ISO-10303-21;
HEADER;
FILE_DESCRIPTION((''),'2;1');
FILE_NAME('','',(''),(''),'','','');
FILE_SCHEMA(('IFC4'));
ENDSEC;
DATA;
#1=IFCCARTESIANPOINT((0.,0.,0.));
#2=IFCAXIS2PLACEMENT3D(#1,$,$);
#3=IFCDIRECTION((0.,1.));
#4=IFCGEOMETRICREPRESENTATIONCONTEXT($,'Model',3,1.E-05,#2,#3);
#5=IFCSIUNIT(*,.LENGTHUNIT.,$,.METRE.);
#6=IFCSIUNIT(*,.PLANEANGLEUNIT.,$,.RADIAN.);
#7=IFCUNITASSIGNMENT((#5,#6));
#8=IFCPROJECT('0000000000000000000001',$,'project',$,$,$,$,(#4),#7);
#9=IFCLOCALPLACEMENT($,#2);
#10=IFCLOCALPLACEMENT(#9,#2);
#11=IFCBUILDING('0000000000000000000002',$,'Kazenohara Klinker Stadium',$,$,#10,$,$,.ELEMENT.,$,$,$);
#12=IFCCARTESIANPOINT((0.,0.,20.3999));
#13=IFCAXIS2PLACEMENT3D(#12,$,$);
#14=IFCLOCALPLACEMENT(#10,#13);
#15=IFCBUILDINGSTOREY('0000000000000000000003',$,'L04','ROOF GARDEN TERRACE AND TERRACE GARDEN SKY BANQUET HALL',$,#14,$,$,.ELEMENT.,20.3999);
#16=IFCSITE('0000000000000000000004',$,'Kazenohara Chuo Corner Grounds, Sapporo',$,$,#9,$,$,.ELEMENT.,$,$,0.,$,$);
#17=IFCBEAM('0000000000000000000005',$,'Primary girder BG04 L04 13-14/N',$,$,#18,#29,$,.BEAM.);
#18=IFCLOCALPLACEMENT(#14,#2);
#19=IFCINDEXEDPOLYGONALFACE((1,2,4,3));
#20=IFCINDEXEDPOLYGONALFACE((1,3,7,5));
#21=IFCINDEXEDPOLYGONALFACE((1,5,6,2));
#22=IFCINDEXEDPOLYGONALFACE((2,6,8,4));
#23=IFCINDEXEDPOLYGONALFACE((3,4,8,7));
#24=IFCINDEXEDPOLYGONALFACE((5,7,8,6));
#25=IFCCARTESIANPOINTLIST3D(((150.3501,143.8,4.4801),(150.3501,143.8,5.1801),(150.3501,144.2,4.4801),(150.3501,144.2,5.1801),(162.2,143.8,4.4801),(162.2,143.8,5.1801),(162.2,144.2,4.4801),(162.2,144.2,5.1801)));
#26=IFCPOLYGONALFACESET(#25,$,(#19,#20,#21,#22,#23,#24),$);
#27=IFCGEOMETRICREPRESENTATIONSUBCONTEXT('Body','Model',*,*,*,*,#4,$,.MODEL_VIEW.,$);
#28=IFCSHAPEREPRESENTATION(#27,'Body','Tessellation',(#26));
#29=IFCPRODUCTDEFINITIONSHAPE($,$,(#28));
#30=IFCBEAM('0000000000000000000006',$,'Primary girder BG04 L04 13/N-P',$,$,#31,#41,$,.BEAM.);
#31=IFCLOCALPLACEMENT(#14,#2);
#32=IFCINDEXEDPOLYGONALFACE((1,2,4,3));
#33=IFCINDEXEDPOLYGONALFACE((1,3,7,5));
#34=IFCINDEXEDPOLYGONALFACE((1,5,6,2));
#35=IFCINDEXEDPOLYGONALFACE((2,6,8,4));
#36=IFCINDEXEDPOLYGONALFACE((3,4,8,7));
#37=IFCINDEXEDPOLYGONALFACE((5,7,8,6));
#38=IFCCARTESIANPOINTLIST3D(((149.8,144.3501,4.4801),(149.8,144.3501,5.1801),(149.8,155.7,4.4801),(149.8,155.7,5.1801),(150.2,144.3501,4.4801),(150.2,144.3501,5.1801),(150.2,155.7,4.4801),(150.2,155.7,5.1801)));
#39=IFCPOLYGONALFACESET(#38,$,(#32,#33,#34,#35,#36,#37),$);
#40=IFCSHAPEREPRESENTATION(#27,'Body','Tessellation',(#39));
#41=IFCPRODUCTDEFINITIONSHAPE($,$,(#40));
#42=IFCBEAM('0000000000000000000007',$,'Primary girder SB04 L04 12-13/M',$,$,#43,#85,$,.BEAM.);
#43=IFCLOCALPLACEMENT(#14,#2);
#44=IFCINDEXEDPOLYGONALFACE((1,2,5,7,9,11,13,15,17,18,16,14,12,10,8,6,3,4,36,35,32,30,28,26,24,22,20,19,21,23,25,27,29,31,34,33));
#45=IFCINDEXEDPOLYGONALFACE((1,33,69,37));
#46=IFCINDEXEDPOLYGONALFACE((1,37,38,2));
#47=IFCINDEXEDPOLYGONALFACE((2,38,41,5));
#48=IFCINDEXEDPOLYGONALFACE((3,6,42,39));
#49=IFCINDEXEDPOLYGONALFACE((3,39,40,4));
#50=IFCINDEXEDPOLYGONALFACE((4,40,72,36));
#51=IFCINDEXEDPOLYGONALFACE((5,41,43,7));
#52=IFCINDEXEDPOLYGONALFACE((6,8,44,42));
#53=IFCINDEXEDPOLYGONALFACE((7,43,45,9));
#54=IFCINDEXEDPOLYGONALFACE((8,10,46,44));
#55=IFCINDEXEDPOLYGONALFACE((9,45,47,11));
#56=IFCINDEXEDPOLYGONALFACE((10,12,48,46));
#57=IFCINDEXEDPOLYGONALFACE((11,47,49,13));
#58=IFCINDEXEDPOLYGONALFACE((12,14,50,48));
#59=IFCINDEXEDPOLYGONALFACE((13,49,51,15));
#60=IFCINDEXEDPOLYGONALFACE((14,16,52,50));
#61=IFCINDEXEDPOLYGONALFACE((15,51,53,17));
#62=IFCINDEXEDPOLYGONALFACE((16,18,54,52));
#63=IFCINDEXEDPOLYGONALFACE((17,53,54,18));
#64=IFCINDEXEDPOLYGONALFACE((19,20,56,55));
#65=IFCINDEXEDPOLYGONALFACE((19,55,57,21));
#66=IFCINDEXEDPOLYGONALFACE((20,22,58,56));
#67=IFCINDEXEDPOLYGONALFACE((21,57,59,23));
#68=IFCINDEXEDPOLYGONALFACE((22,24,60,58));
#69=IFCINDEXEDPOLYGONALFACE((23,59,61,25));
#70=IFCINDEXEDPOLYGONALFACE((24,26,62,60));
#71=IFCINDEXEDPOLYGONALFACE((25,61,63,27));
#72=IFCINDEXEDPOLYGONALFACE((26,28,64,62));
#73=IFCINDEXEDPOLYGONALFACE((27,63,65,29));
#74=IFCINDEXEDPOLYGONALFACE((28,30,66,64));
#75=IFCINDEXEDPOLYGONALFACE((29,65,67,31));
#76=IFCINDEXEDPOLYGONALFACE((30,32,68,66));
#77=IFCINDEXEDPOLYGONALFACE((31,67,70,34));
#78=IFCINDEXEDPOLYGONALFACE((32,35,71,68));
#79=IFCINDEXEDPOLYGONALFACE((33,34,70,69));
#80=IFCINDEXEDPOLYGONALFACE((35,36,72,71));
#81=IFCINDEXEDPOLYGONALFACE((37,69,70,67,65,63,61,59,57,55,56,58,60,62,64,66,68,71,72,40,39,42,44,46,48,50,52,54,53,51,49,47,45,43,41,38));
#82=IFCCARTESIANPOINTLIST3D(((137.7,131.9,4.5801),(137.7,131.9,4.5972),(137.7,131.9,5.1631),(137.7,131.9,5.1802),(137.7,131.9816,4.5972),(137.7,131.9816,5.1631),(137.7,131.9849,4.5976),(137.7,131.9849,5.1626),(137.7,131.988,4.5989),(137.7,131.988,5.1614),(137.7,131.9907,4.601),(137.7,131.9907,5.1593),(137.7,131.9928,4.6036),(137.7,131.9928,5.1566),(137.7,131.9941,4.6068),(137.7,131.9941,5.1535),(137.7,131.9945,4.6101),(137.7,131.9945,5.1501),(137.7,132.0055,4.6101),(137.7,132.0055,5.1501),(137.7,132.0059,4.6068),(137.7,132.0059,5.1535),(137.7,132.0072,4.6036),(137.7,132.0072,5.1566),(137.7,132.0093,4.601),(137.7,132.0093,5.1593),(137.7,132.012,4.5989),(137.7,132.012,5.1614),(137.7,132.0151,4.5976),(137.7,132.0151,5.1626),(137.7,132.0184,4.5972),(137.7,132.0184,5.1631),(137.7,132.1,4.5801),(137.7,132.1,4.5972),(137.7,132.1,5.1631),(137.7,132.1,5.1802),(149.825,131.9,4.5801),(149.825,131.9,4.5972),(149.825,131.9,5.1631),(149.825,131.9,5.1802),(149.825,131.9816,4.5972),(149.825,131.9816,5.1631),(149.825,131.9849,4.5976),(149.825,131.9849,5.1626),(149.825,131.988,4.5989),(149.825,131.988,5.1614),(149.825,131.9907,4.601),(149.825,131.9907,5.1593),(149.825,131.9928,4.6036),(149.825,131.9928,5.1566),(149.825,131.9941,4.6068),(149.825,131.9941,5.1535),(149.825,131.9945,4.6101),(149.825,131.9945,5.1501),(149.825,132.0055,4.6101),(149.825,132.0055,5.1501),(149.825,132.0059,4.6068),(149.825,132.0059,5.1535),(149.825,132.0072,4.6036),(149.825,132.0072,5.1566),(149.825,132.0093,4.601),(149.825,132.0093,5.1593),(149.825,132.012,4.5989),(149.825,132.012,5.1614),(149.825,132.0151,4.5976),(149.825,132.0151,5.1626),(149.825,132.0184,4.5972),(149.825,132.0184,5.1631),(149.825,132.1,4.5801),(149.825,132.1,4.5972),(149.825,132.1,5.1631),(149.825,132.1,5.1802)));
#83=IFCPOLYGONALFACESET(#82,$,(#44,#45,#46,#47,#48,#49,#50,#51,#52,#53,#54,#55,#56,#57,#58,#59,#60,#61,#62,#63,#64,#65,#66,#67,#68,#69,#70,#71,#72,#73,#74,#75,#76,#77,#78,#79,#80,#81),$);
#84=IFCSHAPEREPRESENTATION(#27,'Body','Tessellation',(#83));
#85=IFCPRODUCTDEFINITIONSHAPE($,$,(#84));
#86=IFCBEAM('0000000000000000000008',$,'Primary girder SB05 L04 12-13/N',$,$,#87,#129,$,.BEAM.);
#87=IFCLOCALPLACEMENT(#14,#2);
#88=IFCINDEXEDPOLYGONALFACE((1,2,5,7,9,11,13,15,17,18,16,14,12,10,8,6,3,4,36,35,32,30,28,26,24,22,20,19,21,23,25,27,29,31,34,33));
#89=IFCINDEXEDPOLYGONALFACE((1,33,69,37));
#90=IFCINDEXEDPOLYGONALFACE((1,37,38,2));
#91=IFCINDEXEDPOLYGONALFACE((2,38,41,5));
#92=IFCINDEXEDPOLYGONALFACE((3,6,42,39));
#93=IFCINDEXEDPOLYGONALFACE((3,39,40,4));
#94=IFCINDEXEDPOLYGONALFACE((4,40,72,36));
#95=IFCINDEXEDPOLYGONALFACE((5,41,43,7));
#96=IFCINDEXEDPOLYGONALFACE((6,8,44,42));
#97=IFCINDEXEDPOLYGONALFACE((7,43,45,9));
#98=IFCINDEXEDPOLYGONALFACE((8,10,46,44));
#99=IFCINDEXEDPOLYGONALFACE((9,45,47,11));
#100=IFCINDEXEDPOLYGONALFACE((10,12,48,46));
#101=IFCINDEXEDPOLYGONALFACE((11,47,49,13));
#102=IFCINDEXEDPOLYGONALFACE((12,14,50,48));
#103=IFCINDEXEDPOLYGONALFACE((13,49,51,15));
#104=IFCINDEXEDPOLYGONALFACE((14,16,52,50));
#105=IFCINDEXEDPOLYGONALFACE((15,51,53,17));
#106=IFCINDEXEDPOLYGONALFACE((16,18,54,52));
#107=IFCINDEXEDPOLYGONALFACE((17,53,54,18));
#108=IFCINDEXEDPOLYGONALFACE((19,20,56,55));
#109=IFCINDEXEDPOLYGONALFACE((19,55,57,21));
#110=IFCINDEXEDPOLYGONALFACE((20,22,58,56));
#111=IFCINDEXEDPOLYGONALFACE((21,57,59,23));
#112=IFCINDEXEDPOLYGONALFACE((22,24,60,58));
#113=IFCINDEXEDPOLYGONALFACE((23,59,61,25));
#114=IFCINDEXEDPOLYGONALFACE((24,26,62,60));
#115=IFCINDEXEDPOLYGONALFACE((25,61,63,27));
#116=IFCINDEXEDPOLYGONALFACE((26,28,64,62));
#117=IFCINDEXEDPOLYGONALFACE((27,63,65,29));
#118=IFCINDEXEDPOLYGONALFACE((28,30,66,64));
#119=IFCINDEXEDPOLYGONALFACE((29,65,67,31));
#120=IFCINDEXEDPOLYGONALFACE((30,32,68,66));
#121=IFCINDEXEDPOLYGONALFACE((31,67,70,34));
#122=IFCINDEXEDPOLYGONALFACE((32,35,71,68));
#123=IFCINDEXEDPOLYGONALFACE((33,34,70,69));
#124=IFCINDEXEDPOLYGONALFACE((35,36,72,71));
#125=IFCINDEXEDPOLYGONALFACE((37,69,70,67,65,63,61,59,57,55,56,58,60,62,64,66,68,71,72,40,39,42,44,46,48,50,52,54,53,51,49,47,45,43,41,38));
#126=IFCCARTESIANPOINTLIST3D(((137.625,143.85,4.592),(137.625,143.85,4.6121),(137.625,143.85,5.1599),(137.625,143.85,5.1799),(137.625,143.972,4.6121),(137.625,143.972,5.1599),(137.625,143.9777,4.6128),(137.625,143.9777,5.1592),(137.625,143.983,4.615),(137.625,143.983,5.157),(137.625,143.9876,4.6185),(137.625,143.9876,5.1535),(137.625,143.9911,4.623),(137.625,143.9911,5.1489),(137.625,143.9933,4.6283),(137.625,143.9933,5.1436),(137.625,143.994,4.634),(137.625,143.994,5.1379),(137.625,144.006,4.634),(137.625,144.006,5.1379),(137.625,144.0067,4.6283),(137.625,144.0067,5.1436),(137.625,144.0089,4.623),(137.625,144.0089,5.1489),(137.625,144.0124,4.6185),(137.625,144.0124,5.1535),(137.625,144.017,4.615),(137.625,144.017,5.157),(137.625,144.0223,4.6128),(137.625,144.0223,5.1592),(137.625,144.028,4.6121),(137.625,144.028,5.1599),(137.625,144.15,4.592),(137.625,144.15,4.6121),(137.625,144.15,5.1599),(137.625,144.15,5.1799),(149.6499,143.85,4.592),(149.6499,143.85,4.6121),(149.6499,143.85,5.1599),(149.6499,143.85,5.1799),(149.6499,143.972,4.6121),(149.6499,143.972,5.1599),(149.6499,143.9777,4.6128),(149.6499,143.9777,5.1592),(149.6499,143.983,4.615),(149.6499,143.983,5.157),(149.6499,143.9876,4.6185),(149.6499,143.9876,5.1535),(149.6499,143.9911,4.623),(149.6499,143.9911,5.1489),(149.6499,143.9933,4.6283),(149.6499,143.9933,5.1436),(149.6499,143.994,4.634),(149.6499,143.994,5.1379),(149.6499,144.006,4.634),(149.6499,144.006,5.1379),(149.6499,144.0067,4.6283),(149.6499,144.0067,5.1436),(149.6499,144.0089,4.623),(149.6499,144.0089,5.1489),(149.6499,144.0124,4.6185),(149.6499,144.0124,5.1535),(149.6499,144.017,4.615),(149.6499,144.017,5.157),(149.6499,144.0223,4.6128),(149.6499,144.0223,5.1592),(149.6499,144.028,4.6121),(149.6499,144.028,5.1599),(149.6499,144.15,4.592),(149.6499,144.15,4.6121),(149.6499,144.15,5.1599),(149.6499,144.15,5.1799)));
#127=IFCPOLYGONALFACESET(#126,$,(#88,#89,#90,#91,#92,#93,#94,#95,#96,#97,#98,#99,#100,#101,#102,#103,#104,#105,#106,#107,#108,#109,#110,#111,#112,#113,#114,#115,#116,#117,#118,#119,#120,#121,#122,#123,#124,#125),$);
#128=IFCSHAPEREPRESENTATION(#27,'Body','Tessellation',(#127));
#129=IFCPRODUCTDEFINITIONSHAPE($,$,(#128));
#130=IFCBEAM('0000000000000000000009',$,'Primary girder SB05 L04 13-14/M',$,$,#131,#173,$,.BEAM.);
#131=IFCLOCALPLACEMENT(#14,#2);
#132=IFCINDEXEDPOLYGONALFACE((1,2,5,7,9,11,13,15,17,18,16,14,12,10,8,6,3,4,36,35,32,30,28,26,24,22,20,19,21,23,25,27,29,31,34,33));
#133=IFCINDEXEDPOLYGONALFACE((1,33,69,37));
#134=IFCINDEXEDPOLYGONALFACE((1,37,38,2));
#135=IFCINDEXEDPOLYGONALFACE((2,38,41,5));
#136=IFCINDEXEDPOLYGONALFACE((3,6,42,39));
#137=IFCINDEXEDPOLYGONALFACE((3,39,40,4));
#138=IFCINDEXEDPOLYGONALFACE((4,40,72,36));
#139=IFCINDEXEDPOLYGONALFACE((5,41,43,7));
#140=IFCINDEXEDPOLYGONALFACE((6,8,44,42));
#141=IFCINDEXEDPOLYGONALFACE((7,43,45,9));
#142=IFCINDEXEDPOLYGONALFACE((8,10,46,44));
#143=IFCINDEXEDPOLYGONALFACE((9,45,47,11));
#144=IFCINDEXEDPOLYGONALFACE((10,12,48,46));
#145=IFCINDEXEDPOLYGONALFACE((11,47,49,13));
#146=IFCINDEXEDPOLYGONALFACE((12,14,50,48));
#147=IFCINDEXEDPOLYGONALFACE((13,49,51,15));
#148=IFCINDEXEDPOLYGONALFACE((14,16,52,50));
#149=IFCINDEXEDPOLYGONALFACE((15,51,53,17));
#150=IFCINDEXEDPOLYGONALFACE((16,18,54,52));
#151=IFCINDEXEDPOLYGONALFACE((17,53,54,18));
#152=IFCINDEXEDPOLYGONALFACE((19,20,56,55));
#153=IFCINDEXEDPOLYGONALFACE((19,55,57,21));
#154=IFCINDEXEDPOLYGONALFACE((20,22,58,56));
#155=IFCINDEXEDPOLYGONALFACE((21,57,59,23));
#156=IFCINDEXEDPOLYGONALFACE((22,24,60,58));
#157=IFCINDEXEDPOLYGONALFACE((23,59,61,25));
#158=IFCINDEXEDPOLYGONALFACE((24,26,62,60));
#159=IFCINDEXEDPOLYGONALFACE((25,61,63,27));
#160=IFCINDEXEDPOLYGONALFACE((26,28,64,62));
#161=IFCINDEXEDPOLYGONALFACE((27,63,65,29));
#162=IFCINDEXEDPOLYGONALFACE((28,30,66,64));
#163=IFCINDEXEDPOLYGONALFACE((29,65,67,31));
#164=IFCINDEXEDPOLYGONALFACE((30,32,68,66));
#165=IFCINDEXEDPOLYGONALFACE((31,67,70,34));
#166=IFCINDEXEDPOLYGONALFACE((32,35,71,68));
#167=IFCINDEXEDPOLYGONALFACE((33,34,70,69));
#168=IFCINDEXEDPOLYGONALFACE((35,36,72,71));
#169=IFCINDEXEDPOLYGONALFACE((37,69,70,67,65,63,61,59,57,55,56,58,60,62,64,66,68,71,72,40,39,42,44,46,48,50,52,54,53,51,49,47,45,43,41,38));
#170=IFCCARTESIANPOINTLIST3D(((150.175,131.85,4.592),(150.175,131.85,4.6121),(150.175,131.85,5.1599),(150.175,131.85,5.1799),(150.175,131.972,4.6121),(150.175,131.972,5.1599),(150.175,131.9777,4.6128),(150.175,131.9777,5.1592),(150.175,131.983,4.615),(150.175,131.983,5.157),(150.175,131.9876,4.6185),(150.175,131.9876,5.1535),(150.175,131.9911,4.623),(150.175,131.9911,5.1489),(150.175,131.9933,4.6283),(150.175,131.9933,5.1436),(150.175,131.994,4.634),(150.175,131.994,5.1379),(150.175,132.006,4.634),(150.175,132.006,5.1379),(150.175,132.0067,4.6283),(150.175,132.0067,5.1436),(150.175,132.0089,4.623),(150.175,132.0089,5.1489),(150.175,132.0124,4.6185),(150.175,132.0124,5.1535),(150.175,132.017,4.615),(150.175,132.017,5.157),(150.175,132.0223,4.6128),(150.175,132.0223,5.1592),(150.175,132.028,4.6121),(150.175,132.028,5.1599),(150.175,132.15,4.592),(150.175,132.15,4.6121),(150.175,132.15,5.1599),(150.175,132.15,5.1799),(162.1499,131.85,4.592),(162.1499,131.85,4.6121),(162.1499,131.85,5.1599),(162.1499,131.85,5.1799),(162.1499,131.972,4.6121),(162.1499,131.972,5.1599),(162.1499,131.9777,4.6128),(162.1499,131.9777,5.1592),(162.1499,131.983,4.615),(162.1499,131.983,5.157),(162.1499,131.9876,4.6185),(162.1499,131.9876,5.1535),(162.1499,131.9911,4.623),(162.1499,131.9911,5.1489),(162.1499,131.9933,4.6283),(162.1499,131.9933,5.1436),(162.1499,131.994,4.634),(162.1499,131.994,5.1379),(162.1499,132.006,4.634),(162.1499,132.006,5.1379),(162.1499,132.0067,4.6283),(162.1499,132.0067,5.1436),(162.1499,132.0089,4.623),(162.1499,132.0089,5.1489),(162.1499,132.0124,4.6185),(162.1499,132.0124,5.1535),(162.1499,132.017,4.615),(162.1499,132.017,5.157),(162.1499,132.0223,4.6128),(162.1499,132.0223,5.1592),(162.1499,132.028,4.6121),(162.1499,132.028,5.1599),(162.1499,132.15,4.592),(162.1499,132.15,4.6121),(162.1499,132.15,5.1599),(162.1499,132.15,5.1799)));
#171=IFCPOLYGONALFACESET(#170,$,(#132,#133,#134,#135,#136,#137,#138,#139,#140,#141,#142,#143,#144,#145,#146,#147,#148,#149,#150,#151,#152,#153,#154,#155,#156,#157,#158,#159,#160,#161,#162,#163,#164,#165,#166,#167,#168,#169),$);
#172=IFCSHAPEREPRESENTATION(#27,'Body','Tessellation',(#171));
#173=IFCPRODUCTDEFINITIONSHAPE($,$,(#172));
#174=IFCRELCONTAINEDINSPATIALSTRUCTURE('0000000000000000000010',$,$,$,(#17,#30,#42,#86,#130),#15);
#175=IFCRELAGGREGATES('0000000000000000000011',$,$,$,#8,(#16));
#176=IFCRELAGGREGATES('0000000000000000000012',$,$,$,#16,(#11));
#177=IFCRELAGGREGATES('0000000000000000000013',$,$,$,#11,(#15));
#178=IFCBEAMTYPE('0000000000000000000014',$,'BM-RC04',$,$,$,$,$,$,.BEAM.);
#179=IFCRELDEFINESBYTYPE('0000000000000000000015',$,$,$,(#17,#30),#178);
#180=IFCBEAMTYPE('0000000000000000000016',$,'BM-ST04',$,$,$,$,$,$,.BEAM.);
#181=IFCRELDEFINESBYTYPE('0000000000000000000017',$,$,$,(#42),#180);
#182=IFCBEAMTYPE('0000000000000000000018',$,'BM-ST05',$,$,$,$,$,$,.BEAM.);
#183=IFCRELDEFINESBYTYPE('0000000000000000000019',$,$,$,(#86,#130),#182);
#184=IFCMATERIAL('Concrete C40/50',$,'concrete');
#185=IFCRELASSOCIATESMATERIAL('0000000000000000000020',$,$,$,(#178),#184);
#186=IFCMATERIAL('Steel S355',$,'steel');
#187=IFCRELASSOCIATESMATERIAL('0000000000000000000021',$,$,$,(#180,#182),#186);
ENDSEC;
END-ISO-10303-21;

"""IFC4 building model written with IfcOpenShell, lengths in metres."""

from ifc_helpers import new_model, si_unit, direction, frame, origin, origin_2d, place, context, subcontext, project, spatial, rectangle, i_section, extrude, material, material_profile, profile_set, type_object, element, save


model = new_model("IFC4")

# Units and contexts
model_context = context("Model", 3, precision=1e-05, world=origin(), true_north=direction((0.0, 1.0)))
body_context = subcontext(model_context, "Body", "Model", "MODEL_VIEW")
ifc_project = project(units=[si_unit("LENGTHUNIT", "METRE"), si_unit("PLANEANGLEUNIT", "RADIAN")], contexts=[model_context])

# Site, building, storey
site_placement = place(None, origin())
site = spatial("IfcSite", under=ifc_project, at=site_placement, Name="Kazenohara Chuo Corner Grounds, Sapporo", CompositionType="ELEMENT", RefElevation=0.0)
building_placement = place(site_placement, origin())
building = spatial("IfcBuilding", under=site, at=building_placement, Name="Kazenohara Klinker Stadium", CompositionType="ELEMENT")
storey_placement = place(building_placement, frame((0.0, 0.0, 20.3999)))
storey = spatial("IfcBuildingStorey", under=building, at=storey_placement, Name="L04", Description="ROOF GARDEN TERRACE AND TERRACE GARDEN SKY BANQUET HALL", CompositionType="ELEMENT", Elevation=20.3999)

# Shared definitions
ifc_material_1 = material(Name="Concrete C40/50", Category="concrete")
ifc_material_2 = material(Name="Steel S355", Category="steel")

# Beams
ifc_material_profile_1 = material_profile(ifc_material_1, rectangle(XDim=0.3999, YDim=0.7, at=origin_2d()), Name="RC-BM-400x700")
ifc_profile_set_1 = profile_set([ifc_material_profile_1], Name="Concrete C40/50")
beam_type_1 = type_object("IfcBeamType", Name="BM-RC04", PredefinedType="BEAM", material=ifc_profile_set_1)
beam_1_placement = place(storey_placement, frame((150.3501, 144.0, 4.8301), z_axis=(1.0, 0.0, 0.0), x_axis=(0.0, 1.0, 0.0)))
element("IfcBeam", 1, at=beam_1_placement, inside=storey, type_object=beam_type_1, Name="Primary girder BG04 L04 13-14/N", PredefinedType="BEAM", context=body_context, shape_type="SweptSolid", body=[
    extrude(rectangle(XDim=0.3999, YDim=0.7, at=origin_2d()), origin(), (0.0, 0.0, 1.0), 11.8499),
])
beam_2_placement = place(storey_placement, frame((150.0, 144.3501, 4.8301), z_axis=(0.0, 1.0, 0.0), x_axis=(-1.0, 0.0, 0.0)))
element("IfcBeam", 2, at=beam_2_placement, inside=storey, type_object=beam_type_1, Name="Primary girder BG04 L04 13/N-P", PredefinedType="BEAM", context=body_context, shape_type="SweptSolid", body=[
    extrude(rectangle(XDim=0.3999, YDim=0.7, at=origin_2d()), origin(), (0.0, 0.0, 1.0), 11.3499),
])
ifc_material_profile_2 = material_profile(ifc_material_2, i_section(OverallWidth=0.2, OverallDepth=0.6001, WebThickness=0.011, FlangeThickness=0.0171, FilletRadius=0.0129, at=origin_2d()), Name="H-600x200x11x17")
ifc_profile_set_2 = profile_set([ifc_material_profile_2], Name="Steel S355")
beam_type_2 = type_object("IfcBeamType", Name="BM-ST04", PredefinedType="BEAM", material=ifc_profile_set_2)
beam_3_placement = place(storey_placement, frame((137.7, 132.0, 4.8801), z_axis=(1.0, 0.0, 0.0), x_axis=(0.0, 1.0, 0.0)))
element("IfcBeam", 3, at=beam_3_placement, inside=storey, type_object=beam_type_2, Name="Primary girder SB04 L04 12-13/M", PredefinedType="BEAM", context=body_context, shape_type="SweptSolid", body=[
    extrude(i_section(OverallWidth=0.2, OverallDepth=0.6001, WebThickness=0.011, FlangeThickness=0.0171, FilletRadius=0.0129, at=origin_2d()), origin(), (0.0, 0.0, 1.0), 12.125),
])
ifc_material_profile_3 = material_profile(ifc_material_2, i_section(OverallWidth=0.3, OverallDepth=0.5879, WebThickness=0.012, FlangeThickness=0.02, FilletRadius=0.022, at=origin_2d()), Name="H-588x300x12x20")
ifc_profile_set_3 = profile_set([ifc_material_profile_3], Name="Steel S355")
beam_type_3 = type_object("IfcBeamType", Name="BM-ST05", PredefinedType="BEAM", material=ifc_profile_set_3)
beam_4_placement = place(storey_placement, frame((137.625, 144.0, 4.886), z_axis=(1.0, 0.0, 0.0), x_axis=(0.0, 1.0, 0.0)))
element("IfcBeam", 4, at=beam_4_placement, inside=storey, type_object=beam_type_3, Name="Primary girder SB05 L04 12-13/N", PredefinedType="BEAM", context=body_context, shape_type="SweptSolid", body=[
    extrude(i_section(OverallWidth=0.3, OverallDepth=0.5879, WebThickness=0.012, FlangeThickness=0.02, FilletRadius=0.022, at=origin_2d()), origin(), (0.0, 0.0, 1.0), 12.0249),
])
beam_5_placement = place(storey_placement, frame((150.175, 132.0, 4.886), z_axis=(1.0, 0.0, 0.0), x_axis=(0.0, 1.0, 0.0)))
element("IfcBeam", 5, at=beam_5_placement, inside=storey, type_object=beam_type_3, Name="Primary girder SB05 L04 13-14/M", PredefinedType="BEAM", context=body_context, shape_type="SweptSolid", body=[
    extrude(i_section(OverallWidth=0.3, OverallDepth=0.5879, WebThickness=0.012, FlangeThickness=0.02, FilletRadius=0.022, at=origin_2d()), origin(), (0.0, 0.0, 1.0), 11.9749),
])

save(model, "model.ifc")
